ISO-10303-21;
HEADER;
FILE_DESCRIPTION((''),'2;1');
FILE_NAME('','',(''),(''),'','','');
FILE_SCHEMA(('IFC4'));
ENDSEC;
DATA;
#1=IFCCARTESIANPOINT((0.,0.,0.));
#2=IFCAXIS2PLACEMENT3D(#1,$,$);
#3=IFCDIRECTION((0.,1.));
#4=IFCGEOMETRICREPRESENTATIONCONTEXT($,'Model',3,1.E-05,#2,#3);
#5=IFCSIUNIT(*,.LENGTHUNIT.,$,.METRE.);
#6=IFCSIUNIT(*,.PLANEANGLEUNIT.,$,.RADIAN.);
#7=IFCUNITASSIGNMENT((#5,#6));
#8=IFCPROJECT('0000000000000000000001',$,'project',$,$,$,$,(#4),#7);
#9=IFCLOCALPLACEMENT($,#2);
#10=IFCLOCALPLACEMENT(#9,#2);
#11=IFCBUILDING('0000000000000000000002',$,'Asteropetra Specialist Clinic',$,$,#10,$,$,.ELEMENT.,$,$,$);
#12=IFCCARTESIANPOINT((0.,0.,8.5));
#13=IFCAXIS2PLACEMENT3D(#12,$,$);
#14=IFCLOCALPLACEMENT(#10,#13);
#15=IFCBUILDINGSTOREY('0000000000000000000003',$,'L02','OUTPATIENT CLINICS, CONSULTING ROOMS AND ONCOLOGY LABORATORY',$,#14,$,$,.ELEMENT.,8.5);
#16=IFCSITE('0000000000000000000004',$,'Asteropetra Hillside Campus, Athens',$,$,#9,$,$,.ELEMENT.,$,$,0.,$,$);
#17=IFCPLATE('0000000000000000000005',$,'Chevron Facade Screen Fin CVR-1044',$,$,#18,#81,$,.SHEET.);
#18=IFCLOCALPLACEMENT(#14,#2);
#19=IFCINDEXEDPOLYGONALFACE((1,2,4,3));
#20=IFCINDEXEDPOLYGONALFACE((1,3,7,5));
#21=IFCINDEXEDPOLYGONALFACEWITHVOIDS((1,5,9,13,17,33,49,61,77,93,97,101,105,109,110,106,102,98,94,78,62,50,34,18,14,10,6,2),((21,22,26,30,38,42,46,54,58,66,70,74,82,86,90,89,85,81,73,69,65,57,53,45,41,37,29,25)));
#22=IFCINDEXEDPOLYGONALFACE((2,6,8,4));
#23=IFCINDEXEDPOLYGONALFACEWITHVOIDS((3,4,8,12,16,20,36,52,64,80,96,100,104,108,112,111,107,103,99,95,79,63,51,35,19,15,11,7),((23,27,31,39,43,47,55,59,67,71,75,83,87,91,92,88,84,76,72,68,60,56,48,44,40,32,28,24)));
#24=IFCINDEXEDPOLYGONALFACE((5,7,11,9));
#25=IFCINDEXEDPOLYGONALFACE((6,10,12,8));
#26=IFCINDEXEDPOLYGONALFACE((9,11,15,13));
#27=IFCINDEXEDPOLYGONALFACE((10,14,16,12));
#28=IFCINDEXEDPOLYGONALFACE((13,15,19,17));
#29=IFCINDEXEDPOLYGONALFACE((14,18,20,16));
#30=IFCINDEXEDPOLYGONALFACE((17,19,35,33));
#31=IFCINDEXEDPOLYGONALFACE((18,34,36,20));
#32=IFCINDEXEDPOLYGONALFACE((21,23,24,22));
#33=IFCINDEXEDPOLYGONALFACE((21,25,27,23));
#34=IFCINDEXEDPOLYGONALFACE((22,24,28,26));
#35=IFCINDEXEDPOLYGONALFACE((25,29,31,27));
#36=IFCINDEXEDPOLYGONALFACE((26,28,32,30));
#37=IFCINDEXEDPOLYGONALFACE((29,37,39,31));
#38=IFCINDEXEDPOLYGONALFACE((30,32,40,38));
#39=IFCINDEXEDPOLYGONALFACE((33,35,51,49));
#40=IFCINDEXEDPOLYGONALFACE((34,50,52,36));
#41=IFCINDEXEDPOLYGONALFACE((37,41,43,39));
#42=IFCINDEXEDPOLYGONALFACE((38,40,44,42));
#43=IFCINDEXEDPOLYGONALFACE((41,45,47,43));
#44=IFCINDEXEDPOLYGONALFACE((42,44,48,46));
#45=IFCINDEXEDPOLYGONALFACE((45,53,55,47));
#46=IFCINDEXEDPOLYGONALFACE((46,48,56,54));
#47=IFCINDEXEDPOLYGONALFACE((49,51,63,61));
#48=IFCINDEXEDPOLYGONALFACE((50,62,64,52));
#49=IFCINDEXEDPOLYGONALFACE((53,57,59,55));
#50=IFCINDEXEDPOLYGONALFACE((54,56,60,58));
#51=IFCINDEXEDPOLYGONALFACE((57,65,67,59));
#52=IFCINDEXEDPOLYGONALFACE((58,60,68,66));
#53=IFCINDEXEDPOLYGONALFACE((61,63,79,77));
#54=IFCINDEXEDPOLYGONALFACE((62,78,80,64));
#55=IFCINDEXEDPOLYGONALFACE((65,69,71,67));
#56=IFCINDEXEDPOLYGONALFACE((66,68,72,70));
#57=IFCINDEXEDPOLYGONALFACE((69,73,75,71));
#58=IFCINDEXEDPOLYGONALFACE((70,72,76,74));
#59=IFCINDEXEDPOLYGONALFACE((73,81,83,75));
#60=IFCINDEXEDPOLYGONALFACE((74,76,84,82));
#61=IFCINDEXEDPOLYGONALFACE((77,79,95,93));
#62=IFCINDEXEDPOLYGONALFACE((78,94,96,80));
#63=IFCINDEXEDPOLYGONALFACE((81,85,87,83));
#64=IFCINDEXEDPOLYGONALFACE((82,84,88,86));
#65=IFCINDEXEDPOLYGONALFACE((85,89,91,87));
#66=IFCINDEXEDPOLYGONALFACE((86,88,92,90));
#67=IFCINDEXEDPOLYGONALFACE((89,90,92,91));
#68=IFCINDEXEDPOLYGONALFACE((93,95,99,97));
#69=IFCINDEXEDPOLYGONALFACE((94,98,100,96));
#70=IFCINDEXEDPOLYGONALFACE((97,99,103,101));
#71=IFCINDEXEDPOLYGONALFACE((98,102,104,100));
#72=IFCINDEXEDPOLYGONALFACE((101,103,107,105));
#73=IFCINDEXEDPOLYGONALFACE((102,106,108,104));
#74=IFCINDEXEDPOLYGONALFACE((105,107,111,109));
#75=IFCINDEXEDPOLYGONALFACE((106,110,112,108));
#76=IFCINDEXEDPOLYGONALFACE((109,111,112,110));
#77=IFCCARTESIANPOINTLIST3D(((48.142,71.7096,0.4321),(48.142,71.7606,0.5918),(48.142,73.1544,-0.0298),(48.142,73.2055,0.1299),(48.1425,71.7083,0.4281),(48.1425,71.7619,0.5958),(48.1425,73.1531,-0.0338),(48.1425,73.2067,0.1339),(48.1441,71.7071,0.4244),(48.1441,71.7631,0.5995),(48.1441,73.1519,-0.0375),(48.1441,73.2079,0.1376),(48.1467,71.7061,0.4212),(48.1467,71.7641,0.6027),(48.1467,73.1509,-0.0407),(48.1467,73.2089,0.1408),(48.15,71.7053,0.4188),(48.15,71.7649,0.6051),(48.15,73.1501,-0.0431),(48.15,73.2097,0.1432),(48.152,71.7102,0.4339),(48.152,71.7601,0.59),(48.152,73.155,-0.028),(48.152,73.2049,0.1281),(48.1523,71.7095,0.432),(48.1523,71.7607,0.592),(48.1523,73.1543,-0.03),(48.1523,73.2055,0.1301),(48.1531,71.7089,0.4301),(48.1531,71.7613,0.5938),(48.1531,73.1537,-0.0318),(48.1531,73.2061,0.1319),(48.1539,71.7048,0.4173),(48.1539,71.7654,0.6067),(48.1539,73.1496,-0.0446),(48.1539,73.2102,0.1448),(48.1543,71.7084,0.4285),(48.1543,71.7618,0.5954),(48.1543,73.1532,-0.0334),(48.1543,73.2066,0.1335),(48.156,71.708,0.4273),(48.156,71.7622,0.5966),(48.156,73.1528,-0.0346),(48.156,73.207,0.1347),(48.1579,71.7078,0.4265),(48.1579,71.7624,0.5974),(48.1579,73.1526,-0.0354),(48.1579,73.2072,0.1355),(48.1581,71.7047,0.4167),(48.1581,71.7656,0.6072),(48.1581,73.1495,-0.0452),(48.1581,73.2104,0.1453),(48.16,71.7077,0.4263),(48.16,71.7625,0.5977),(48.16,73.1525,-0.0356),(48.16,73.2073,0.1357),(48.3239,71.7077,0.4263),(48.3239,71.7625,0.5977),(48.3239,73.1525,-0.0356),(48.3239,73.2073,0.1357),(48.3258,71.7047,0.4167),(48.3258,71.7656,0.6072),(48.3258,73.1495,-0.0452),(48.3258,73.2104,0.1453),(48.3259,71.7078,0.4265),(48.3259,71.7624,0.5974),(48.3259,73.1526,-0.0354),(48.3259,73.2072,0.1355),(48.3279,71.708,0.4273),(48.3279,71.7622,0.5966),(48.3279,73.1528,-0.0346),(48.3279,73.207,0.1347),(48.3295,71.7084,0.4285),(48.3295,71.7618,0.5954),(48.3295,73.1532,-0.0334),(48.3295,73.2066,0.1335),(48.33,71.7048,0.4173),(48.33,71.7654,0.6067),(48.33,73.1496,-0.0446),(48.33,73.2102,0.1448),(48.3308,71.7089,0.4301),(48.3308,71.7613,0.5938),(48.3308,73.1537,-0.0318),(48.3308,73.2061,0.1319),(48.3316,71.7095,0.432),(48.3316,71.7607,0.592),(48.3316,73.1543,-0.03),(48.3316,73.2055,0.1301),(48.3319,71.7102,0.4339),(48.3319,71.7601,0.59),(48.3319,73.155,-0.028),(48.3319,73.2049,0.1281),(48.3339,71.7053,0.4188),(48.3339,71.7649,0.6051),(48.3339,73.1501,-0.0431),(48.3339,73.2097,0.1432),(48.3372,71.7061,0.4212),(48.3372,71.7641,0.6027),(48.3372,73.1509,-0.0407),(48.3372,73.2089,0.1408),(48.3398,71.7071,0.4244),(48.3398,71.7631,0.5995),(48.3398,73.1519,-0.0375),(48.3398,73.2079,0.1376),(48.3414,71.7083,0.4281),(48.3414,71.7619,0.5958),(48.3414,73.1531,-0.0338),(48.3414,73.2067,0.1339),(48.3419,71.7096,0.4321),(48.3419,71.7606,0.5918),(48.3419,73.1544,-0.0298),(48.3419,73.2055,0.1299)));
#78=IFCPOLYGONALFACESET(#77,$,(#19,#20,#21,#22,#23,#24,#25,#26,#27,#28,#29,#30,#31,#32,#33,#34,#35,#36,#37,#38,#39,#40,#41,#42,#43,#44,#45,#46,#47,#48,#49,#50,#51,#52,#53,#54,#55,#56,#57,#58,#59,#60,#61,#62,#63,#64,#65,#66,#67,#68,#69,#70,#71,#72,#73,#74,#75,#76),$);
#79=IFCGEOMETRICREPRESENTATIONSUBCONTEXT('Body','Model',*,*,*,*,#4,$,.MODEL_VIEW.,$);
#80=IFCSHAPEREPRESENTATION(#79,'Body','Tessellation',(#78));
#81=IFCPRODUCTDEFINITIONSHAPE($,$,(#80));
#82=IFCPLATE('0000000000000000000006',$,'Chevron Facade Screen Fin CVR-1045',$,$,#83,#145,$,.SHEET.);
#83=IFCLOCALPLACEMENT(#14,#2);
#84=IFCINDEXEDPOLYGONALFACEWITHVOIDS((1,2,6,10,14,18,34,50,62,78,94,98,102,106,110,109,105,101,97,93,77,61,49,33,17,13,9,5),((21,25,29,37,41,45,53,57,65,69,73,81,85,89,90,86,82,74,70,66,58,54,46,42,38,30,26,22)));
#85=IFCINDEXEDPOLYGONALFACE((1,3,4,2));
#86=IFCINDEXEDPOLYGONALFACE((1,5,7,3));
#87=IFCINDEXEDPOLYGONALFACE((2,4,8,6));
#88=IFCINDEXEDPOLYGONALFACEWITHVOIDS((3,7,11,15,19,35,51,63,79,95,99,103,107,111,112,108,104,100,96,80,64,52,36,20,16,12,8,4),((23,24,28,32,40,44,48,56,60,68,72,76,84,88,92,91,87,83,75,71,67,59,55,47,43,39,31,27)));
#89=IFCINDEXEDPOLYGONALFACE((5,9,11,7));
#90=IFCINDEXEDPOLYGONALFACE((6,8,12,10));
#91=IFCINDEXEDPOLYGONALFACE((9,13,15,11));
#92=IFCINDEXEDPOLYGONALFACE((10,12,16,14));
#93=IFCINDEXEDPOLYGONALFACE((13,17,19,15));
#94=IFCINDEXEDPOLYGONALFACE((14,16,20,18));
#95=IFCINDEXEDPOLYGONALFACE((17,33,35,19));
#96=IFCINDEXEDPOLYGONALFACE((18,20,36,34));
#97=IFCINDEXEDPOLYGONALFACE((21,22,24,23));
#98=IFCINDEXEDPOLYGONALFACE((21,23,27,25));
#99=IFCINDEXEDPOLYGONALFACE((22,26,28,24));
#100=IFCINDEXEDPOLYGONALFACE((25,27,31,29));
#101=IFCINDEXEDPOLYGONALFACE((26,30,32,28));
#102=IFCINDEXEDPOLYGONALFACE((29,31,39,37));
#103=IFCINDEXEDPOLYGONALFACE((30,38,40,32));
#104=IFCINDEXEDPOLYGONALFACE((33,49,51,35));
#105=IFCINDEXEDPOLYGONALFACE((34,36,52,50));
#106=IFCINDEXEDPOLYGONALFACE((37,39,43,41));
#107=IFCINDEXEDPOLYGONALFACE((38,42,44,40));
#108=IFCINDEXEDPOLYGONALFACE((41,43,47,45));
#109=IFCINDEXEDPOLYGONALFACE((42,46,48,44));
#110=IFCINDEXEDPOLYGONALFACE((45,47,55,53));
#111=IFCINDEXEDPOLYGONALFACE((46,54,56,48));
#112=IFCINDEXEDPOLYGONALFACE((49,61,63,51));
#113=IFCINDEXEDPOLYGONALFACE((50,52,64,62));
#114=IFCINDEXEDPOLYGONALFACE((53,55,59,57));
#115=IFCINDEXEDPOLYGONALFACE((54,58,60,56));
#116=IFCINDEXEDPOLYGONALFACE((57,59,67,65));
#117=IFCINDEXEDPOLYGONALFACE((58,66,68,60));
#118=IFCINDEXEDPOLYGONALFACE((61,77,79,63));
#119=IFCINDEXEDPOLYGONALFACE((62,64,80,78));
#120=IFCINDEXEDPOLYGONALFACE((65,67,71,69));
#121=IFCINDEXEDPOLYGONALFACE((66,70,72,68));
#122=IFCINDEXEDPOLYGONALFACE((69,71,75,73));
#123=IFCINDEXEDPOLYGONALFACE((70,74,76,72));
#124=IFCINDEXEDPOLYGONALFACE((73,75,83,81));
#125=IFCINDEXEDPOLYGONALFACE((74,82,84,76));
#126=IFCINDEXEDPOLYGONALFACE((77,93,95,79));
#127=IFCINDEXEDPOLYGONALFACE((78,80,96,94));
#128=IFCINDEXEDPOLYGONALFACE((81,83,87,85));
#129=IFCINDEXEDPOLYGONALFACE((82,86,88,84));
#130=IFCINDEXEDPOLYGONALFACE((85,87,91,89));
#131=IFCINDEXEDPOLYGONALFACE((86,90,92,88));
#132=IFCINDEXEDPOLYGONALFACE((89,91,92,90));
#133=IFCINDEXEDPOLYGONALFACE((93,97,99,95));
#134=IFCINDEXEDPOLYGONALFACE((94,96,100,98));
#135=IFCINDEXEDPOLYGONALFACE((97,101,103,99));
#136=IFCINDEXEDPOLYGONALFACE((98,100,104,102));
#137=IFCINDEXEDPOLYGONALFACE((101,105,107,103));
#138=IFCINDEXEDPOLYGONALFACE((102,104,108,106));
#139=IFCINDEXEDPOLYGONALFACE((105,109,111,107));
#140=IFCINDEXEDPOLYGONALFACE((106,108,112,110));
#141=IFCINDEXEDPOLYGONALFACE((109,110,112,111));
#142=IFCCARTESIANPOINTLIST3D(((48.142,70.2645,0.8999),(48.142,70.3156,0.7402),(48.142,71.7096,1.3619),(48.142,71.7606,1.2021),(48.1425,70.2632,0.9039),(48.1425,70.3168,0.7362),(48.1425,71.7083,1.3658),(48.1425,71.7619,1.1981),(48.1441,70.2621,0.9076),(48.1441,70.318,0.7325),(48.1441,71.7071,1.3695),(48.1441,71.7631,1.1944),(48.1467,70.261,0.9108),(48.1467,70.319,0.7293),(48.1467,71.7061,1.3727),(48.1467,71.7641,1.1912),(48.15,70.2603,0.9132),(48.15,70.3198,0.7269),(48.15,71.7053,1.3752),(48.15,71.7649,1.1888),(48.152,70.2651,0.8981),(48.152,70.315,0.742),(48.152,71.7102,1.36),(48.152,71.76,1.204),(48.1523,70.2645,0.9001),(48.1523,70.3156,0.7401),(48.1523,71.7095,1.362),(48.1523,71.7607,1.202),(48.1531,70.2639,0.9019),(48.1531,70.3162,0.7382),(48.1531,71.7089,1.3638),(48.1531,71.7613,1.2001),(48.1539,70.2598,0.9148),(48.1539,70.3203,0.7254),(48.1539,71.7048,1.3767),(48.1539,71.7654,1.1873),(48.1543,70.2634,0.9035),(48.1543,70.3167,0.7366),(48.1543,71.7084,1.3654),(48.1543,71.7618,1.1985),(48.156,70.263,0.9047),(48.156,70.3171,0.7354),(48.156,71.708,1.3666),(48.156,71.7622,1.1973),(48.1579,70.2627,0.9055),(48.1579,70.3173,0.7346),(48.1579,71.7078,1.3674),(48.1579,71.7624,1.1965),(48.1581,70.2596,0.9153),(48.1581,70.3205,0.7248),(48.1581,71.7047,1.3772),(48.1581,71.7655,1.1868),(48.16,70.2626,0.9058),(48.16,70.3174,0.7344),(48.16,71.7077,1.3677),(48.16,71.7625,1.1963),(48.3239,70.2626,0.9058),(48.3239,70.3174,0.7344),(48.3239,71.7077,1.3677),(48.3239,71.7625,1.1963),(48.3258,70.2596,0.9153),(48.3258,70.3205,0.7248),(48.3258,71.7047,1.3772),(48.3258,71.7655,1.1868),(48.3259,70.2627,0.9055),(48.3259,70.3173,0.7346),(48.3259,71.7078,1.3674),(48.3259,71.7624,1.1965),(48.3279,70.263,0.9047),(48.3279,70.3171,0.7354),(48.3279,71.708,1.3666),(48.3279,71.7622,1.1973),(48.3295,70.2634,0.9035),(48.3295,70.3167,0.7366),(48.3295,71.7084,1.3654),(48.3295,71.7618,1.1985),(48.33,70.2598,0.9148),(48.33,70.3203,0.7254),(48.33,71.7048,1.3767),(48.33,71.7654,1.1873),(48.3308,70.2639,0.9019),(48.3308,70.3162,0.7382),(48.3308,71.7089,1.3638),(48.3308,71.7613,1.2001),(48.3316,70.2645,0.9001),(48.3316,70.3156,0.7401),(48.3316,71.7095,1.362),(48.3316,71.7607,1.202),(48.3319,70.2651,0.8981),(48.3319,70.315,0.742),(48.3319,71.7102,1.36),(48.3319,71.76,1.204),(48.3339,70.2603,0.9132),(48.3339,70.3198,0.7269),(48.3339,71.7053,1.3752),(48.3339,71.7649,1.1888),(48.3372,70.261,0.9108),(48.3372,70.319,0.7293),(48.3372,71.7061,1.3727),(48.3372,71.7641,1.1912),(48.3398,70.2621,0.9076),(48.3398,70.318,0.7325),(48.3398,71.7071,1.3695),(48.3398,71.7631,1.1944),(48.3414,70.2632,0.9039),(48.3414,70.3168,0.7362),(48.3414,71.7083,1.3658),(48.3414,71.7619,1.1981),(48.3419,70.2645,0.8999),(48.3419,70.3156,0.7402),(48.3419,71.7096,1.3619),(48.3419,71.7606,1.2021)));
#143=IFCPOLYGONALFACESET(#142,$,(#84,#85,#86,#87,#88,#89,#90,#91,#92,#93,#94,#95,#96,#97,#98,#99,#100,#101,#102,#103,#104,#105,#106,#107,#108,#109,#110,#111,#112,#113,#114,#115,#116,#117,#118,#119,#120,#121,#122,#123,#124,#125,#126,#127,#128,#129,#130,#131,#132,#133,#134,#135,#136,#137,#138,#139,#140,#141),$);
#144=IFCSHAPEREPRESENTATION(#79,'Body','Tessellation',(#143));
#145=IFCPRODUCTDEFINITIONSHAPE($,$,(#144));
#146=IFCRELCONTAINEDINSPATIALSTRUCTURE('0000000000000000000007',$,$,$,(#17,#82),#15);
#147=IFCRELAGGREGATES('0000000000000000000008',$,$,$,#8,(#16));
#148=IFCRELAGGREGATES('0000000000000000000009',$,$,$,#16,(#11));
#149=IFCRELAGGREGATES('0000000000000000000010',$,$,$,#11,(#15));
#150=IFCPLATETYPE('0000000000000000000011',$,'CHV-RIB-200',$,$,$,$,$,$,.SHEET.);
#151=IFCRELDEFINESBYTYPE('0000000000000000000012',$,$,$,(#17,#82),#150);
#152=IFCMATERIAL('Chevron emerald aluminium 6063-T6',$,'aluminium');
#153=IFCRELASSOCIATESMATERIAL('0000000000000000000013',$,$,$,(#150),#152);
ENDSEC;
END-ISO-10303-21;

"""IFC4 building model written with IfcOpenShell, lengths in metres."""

from ifc_helpers import new_model, si_unit, direction, frame, origin, origin_2d, place, context, subcontext, project, spatial, hollow_rectangle, extrude, material, material_profile, profile_set, type_object, element, save


model = new_model("IFC4")

# Units and contexts
model_context = context("Model", 3, precision=1e-05, world=origin(), true_north=direction((0.0, 1.0)))
body_context = subcontext(model_context, "Body", "Model", "MODEL_VIEW")
ifc_project = project(units=[si_unit("LENGTHUNIT", "METRE"), si_unit("PLANEANGLEUNIT", "RADIAN")], contexts=[model_context])

# Site, building, storey
site_placement = place(None, origin())
site = spatial("IfcSite", under=ifc_project, at=site_placement, Name="Asteropetra Hillside Campus, Athens", CompositionType="ELEMENT", RefElevation=0.0)
building_placement = place(site_placement, origin())
building = spatial("IfcBuilding", under=site, at=building_placement, Name="Asteropetra Specialist Clinic", CompositionType="ELEMENT")
storey_placement = place(building_placement, frame((0.0, 0.0, 8.5)))
storey = spatial("IfcBuildingStorey", under=building, at=storey_placement, Name="L02", Description="OUTPATIENT CLINICS, CONSULTING ROOMS AND ONCOLOGY LABORATORY", CompositionType="ELEMENT", Elevation=8.5)

# Plates
ifc_material_1 = material(Name="Chevron emerald aluminium 6063-T6", Category="aluminium")
ifc_material_profile_1 = material_profile(ifc_material_1, hollow_rectangle(XDim=0.2, YDim=0.2, WallThickness=0.01, InnerFilletRadius=0.0081, OuterFilletRadius=0.0161, at=origin_2d()), Name="SHS 200x200x10.0")
ifc_profile_set_1 = profile_set([ifc_material_profile_1], Name="Chevron emerald aluminium 6063-T6")
plate_type_1 = type_object("IfcPlateType", Name="CHV-RIB-200", PredefinedType="SHEET", material=ifc_profile_set_1)
plate_1_placement = place(storey_placement, frame((48.2419, 71.7351, 0.512), z_axis=(0.0, 0.952506, -0.304519), x_axis=(-1.0, 0.0, 0.0)))
element("IfcPlate", 1, at=plate_1_placement, inside=storey, type_object=plate_type_1, Name="Chevron Facade Screen Fin CVR-1044", PredefinedType="SHEET", context=body_context, shape_type="SweptSolid", body=[
    extrude(hollow_rectangle(XDim=0.2, YDim=0.2, WallThickness=0.01, InnerFilletRadius=0.0081, OuterFilletRadius=0.0161, at=origin_2d()), origin(), (0.0, 0.0, 1.0), 1.5168),
])
plate_2_placement = place(storey_placement, frame((48.2419, 70.29, 0.8201), z_axis=(0.0, 0.952521, 0.304472), x_axis=(-1.0, 0.0, 0.0)))
element("IfcPlate", 2, at=plate_2_placement, inside=storey, type_object=plate_type_1, Name="Chevron Facade Screen Fin CVR-1045", PredefinedType="SHEET", context=body_context, shape_type="SweptSolid", body=[
    extrude(hollow_rectangle(XDim=0.2, YDim=0.2, WallThickness=0.01, InnerFilletRadius=0.0081, OuterFilletRadius=0.0161, at=origin_2d()), origin(), (0.0, 0.0, 1.0), 1.5171),
])

save(model, "model.ifc")
